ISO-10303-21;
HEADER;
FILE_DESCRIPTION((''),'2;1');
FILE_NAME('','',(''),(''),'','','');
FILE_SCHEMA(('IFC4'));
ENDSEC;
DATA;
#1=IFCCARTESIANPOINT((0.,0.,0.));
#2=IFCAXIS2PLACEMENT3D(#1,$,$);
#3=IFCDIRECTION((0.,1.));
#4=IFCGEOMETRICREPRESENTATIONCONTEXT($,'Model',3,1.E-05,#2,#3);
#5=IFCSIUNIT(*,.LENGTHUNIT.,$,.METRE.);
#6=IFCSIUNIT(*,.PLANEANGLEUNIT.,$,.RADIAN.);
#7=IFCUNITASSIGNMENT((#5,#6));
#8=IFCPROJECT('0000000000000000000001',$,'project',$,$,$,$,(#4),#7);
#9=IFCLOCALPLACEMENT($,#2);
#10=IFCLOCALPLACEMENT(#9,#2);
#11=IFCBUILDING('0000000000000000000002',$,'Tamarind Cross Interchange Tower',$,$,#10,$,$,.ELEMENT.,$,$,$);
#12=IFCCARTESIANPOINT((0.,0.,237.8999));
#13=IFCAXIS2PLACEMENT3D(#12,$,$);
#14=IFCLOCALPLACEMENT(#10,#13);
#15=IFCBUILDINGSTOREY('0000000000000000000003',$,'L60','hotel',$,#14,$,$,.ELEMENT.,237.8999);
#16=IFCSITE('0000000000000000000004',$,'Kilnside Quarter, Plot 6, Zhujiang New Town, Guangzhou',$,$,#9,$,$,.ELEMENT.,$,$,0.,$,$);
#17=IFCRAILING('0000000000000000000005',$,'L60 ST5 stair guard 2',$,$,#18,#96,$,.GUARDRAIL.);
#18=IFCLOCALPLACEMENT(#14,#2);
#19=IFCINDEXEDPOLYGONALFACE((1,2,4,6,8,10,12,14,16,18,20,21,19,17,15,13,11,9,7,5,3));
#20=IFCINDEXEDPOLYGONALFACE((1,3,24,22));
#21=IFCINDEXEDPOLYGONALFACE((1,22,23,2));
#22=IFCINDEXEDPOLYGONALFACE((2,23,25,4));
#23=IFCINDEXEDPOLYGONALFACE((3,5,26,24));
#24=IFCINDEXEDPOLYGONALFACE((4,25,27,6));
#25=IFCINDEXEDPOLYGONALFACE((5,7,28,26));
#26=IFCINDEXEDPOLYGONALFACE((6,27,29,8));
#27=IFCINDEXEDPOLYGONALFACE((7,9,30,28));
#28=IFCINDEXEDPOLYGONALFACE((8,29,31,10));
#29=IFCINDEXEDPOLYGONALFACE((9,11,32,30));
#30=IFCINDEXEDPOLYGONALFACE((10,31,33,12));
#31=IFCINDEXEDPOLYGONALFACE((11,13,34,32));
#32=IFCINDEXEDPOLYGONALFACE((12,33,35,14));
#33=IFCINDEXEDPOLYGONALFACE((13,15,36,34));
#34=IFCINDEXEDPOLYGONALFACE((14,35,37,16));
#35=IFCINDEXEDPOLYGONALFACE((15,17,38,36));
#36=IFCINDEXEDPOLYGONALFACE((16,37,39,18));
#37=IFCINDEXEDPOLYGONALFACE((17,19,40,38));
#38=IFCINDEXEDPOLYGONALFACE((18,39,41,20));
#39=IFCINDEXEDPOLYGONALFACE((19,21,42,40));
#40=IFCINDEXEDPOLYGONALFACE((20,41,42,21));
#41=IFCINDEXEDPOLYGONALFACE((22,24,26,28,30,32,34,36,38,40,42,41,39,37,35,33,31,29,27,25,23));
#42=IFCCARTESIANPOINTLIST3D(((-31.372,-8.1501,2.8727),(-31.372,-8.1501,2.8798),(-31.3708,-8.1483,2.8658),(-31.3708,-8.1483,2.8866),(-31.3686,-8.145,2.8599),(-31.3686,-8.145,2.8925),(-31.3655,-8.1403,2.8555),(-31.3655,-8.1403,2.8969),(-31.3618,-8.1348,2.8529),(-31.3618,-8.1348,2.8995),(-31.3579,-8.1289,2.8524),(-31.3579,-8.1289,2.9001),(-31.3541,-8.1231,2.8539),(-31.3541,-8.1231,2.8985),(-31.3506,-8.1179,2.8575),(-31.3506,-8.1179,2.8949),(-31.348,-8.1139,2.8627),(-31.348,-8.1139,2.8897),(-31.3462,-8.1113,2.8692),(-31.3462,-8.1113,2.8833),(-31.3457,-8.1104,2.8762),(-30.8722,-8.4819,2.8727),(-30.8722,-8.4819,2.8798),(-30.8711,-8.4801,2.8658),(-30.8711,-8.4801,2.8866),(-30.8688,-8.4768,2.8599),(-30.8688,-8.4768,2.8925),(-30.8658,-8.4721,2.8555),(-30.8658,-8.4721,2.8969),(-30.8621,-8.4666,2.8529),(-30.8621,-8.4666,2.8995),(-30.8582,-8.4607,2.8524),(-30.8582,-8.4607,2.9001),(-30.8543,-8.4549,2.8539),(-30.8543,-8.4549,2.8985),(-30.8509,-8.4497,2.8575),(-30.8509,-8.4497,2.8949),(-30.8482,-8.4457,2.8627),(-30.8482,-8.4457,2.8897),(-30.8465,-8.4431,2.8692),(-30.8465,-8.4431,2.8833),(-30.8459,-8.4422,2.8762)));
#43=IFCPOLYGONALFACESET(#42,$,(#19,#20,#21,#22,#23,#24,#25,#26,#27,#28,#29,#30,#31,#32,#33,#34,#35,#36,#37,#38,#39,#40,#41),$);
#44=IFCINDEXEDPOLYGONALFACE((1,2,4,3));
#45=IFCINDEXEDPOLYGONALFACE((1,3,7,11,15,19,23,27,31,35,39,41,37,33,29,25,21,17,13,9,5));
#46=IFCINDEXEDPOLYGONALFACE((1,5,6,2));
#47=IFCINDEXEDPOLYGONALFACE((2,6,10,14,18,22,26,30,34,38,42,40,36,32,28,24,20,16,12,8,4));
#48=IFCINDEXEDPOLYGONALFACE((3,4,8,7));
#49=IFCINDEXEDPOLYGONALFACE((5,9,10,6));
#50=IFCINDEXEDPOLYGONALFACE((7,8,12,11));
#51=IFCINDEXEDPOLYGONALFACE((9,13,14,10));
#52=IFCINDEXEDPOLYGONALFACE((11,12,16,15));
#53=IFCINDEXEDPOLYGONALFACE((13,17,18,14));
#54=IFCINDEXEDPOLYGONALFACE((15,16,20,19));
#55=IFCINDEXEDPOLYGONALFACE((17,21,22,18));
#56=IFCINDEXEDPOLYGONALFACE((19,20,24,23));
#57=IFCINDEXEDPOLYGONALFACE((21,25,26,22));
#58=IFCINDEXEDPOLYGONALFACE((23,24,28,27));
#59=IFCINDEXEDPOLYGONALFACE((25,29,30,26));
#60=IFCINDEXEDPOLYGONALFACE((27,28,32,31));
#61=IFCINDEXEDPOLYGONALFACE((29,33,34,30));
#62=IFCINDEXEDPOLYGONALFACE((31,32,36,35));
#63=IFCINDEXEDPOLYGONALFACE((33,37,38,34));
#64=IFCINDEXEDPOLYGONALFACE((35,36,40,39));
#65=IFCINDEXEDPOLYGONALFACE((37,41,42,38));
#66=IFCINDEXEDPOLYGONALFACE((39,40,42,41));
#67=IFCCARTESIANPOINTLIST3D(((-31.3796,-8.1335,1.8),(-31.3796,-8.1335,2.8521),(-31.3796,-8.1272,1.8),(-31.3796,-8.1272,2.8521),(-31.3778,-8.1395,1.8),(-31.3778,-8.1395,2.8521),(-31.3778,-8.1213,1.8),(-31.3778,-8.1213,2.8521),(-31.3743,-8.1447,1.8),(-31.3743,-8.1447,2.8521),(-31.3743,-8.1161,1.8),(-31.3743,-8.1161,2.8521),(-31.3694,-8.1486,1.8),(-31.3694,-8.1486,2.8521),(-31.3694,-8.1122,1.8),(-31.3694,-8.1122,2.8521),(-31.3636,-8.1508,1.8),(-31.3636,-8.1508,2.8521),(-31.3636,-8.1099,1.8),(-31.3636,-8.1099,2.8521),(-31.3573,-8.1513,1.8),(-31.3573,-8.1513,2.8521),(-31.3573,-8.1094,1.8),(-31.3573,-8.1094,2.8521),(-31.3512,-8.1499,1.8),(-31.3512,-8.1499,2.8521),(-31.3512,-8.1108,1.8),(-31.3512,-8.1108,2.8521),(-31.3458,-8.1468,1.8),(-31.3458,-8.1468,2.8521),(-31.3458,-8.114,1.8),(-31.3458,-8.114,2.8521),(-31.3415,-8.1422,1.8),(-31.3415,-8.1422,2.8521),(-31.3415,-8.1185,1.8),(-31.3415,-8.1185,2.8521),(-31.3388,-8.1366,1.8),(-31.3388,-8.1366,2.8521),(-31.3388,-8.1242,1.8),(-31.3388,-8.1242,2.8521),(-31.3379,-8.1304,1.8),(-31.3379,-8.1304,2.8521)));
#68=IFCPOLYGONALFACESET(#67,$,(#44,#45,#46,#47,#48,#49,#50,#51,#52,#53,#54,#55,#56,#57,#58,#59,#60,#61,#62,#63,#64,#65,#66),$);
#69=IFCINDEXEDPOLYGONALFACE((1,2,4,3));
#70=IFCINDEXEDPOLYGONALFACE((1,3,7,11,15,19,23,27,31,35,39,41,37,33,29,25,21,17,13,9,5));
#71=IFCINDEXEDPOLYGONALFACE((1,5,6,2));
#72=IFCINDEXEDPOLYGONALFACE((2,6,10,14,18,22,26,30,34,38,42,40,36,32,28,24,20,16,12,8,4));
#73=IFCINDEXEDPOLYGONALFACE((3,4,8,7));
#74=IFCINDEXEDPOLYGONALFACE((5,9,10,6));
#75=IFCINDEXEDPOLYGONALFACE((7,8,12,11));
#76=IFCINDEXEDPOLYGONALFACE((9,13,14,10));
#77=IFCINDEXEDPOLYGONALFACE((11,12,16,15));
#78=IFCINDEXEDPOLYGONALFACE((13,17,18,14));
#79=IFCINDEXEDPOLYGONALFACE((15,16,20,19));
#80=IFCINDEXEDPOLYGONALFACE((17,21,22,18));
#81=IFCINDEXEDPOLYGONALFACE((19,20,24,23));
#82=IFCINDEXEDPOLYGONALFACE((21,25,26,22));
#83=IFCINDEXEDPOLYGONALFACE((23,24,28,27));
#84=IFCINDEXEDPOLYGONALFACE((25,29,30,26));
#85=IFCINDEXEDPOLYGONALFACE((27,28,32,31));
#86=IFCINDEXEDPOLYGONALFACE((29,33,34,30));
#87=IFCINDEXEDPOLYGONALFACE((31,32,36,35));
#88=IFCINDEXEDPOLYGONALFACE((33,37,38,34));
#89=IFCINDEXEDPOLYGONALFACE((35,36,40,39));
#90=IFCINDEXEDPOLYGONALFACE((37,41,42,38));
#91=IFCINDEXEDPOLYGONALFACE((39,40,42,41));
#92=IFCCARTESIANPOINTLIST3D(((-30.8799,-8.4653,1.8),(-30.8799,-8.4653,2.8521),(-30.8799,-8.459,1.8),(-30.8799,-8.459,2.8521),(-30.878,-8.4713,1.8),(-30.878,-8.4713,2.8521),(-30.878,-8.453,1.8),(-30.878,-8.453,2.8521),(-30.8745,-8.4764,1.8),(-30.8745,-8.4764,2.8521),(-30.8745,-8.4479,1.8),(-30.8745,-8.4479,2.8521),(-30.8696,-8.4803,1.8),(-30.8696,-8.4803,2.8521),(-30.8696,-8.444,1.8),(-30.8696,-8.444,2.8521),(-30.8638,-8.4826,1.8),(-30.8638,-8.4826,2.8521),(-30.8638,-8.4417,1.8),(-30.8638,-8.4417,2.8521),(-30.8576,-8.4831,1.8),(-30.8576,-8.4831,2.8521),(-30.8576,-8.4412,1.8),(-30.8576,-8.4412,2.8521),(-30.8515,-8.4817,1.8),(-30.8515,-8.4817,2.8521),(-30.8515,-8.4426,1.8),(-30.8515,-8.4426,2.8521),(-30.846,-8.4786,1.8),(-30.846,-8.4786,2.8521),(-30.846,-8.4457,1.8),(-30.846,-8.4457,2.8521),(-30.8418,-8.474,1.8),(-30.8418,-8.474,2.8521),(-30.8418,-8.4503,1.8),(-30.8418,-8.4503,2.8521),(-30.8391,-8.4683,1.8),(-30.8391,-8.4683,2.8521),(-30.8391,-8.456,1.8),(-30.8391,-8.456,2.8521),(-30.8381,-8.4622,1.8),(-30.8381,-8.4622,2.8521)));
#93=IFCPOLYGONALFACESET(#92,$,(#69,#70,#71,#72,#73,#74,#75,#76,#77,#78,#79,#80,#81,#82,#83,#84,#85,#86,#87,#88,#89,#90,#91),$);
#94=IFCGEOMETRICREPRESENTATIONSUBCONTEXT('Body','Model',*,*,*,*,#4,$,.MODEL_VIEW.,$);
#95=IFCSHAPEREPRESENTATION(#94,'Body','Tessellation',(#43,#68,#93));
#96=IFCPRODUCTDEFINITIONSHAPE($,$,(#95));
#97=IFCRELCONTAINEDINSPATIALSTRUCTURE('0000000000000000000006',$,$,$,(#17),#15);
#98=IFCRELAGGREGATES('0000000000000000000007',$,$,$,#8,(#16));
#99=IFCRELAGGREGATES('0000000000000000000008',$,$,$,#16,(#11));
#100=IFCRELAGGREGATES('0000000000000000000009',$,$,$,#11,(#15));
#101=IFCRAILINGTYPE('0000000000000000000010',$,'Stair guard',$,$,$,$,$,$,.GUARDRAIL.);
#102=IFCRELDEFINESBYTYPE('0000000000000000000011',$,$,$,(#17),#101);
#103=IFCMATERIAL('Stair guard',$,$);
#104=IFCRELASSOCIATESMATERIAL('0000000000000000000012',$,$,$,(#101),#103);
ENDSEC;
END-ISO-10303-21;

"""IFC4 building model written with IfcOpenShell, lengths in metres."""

from ifc_helpers import new_model, si_unit, direction, frame, origin, origin_2d, place, context, subcontext, project, spatial, circle, extrude, material, type_object, element, save


model = new_model("IFC4")

# Units and contexts
model_context = context("Model", 3, precision=1e-05, world=origin(), true_north=direction((0.0, 1.0)))
body_context = subcontext(model_context, "Body", "Model", "MODEL_VIEW")
ifc_project = project(units=[si_unit("LENGTHUNIT", "METRE"), si_unit("PLANEANGLEUNIT", "RADIAN")], contexts=[model_context])

# Site, building, storey
site_placement = place(None, origin())
site = spatial("IfcSite", under=ifc_project, at=site_placement, Name="Kilnside Quarter, Plot 6, Zhujiang New Town, Guangzhou", CompositionType="ELEMENT", RefElevation=0.0)
building_placement = place(site_placement, origin())
building = spatial("IfcBuilding", under=site, at=building_placement, Name="Tamarind Cross Interchange Tower", CompositionType="ELEMENT")
storey_placement = place(building_placement, frame((0.0, 0.0, 237.8999)))
storey = spatial("IfcBuildingStorey", under=building, at=storey_placement, Name="L60", Description="hotel", CompositionType="ELEMENT", Elevation=237.8999)

# Railing
ifc_material_1 = material(Name="Stair guard")
railing_type_1 = type_object("IfcRailingType", Name="Stair guard", PredefinedType="GUARDRAIL", material=ifc_material_1)
railing_1_placement = place(storey_placement, frame((-31.3589, -8.1304, 1.8)))
element("IfcRailing", 1, at=railing_1_placement, inside=storey, type_object=railing_type_1, Name="L60 ST5 stair guard 2", PredefinedType="GUARDRAIL", context=body_context, shape_type="SweptSolid", body=[
    extrude(circle(Radius=0.0239, at=origin_2d()), frame((0.0, 0.0, 1.0762), z_axis=(0.833113, -0.553103, 0.0), x_axis=(0.553103, 0.833113, 0.0)), (0.0, 0.0, 1.0), 0.5999),
    extrude(circle(Radius=0.021, at=origin_2d()), origin(), (0.0, 0.0, 1.0), 1.052),
    extrude(circle(Radius=0.021, at=origin_2d()), frame((0.4998, -0.3318, 0.0)), (0.0, 0.0, 1.0), 1.052),
])

save(model, "model.ifc")
